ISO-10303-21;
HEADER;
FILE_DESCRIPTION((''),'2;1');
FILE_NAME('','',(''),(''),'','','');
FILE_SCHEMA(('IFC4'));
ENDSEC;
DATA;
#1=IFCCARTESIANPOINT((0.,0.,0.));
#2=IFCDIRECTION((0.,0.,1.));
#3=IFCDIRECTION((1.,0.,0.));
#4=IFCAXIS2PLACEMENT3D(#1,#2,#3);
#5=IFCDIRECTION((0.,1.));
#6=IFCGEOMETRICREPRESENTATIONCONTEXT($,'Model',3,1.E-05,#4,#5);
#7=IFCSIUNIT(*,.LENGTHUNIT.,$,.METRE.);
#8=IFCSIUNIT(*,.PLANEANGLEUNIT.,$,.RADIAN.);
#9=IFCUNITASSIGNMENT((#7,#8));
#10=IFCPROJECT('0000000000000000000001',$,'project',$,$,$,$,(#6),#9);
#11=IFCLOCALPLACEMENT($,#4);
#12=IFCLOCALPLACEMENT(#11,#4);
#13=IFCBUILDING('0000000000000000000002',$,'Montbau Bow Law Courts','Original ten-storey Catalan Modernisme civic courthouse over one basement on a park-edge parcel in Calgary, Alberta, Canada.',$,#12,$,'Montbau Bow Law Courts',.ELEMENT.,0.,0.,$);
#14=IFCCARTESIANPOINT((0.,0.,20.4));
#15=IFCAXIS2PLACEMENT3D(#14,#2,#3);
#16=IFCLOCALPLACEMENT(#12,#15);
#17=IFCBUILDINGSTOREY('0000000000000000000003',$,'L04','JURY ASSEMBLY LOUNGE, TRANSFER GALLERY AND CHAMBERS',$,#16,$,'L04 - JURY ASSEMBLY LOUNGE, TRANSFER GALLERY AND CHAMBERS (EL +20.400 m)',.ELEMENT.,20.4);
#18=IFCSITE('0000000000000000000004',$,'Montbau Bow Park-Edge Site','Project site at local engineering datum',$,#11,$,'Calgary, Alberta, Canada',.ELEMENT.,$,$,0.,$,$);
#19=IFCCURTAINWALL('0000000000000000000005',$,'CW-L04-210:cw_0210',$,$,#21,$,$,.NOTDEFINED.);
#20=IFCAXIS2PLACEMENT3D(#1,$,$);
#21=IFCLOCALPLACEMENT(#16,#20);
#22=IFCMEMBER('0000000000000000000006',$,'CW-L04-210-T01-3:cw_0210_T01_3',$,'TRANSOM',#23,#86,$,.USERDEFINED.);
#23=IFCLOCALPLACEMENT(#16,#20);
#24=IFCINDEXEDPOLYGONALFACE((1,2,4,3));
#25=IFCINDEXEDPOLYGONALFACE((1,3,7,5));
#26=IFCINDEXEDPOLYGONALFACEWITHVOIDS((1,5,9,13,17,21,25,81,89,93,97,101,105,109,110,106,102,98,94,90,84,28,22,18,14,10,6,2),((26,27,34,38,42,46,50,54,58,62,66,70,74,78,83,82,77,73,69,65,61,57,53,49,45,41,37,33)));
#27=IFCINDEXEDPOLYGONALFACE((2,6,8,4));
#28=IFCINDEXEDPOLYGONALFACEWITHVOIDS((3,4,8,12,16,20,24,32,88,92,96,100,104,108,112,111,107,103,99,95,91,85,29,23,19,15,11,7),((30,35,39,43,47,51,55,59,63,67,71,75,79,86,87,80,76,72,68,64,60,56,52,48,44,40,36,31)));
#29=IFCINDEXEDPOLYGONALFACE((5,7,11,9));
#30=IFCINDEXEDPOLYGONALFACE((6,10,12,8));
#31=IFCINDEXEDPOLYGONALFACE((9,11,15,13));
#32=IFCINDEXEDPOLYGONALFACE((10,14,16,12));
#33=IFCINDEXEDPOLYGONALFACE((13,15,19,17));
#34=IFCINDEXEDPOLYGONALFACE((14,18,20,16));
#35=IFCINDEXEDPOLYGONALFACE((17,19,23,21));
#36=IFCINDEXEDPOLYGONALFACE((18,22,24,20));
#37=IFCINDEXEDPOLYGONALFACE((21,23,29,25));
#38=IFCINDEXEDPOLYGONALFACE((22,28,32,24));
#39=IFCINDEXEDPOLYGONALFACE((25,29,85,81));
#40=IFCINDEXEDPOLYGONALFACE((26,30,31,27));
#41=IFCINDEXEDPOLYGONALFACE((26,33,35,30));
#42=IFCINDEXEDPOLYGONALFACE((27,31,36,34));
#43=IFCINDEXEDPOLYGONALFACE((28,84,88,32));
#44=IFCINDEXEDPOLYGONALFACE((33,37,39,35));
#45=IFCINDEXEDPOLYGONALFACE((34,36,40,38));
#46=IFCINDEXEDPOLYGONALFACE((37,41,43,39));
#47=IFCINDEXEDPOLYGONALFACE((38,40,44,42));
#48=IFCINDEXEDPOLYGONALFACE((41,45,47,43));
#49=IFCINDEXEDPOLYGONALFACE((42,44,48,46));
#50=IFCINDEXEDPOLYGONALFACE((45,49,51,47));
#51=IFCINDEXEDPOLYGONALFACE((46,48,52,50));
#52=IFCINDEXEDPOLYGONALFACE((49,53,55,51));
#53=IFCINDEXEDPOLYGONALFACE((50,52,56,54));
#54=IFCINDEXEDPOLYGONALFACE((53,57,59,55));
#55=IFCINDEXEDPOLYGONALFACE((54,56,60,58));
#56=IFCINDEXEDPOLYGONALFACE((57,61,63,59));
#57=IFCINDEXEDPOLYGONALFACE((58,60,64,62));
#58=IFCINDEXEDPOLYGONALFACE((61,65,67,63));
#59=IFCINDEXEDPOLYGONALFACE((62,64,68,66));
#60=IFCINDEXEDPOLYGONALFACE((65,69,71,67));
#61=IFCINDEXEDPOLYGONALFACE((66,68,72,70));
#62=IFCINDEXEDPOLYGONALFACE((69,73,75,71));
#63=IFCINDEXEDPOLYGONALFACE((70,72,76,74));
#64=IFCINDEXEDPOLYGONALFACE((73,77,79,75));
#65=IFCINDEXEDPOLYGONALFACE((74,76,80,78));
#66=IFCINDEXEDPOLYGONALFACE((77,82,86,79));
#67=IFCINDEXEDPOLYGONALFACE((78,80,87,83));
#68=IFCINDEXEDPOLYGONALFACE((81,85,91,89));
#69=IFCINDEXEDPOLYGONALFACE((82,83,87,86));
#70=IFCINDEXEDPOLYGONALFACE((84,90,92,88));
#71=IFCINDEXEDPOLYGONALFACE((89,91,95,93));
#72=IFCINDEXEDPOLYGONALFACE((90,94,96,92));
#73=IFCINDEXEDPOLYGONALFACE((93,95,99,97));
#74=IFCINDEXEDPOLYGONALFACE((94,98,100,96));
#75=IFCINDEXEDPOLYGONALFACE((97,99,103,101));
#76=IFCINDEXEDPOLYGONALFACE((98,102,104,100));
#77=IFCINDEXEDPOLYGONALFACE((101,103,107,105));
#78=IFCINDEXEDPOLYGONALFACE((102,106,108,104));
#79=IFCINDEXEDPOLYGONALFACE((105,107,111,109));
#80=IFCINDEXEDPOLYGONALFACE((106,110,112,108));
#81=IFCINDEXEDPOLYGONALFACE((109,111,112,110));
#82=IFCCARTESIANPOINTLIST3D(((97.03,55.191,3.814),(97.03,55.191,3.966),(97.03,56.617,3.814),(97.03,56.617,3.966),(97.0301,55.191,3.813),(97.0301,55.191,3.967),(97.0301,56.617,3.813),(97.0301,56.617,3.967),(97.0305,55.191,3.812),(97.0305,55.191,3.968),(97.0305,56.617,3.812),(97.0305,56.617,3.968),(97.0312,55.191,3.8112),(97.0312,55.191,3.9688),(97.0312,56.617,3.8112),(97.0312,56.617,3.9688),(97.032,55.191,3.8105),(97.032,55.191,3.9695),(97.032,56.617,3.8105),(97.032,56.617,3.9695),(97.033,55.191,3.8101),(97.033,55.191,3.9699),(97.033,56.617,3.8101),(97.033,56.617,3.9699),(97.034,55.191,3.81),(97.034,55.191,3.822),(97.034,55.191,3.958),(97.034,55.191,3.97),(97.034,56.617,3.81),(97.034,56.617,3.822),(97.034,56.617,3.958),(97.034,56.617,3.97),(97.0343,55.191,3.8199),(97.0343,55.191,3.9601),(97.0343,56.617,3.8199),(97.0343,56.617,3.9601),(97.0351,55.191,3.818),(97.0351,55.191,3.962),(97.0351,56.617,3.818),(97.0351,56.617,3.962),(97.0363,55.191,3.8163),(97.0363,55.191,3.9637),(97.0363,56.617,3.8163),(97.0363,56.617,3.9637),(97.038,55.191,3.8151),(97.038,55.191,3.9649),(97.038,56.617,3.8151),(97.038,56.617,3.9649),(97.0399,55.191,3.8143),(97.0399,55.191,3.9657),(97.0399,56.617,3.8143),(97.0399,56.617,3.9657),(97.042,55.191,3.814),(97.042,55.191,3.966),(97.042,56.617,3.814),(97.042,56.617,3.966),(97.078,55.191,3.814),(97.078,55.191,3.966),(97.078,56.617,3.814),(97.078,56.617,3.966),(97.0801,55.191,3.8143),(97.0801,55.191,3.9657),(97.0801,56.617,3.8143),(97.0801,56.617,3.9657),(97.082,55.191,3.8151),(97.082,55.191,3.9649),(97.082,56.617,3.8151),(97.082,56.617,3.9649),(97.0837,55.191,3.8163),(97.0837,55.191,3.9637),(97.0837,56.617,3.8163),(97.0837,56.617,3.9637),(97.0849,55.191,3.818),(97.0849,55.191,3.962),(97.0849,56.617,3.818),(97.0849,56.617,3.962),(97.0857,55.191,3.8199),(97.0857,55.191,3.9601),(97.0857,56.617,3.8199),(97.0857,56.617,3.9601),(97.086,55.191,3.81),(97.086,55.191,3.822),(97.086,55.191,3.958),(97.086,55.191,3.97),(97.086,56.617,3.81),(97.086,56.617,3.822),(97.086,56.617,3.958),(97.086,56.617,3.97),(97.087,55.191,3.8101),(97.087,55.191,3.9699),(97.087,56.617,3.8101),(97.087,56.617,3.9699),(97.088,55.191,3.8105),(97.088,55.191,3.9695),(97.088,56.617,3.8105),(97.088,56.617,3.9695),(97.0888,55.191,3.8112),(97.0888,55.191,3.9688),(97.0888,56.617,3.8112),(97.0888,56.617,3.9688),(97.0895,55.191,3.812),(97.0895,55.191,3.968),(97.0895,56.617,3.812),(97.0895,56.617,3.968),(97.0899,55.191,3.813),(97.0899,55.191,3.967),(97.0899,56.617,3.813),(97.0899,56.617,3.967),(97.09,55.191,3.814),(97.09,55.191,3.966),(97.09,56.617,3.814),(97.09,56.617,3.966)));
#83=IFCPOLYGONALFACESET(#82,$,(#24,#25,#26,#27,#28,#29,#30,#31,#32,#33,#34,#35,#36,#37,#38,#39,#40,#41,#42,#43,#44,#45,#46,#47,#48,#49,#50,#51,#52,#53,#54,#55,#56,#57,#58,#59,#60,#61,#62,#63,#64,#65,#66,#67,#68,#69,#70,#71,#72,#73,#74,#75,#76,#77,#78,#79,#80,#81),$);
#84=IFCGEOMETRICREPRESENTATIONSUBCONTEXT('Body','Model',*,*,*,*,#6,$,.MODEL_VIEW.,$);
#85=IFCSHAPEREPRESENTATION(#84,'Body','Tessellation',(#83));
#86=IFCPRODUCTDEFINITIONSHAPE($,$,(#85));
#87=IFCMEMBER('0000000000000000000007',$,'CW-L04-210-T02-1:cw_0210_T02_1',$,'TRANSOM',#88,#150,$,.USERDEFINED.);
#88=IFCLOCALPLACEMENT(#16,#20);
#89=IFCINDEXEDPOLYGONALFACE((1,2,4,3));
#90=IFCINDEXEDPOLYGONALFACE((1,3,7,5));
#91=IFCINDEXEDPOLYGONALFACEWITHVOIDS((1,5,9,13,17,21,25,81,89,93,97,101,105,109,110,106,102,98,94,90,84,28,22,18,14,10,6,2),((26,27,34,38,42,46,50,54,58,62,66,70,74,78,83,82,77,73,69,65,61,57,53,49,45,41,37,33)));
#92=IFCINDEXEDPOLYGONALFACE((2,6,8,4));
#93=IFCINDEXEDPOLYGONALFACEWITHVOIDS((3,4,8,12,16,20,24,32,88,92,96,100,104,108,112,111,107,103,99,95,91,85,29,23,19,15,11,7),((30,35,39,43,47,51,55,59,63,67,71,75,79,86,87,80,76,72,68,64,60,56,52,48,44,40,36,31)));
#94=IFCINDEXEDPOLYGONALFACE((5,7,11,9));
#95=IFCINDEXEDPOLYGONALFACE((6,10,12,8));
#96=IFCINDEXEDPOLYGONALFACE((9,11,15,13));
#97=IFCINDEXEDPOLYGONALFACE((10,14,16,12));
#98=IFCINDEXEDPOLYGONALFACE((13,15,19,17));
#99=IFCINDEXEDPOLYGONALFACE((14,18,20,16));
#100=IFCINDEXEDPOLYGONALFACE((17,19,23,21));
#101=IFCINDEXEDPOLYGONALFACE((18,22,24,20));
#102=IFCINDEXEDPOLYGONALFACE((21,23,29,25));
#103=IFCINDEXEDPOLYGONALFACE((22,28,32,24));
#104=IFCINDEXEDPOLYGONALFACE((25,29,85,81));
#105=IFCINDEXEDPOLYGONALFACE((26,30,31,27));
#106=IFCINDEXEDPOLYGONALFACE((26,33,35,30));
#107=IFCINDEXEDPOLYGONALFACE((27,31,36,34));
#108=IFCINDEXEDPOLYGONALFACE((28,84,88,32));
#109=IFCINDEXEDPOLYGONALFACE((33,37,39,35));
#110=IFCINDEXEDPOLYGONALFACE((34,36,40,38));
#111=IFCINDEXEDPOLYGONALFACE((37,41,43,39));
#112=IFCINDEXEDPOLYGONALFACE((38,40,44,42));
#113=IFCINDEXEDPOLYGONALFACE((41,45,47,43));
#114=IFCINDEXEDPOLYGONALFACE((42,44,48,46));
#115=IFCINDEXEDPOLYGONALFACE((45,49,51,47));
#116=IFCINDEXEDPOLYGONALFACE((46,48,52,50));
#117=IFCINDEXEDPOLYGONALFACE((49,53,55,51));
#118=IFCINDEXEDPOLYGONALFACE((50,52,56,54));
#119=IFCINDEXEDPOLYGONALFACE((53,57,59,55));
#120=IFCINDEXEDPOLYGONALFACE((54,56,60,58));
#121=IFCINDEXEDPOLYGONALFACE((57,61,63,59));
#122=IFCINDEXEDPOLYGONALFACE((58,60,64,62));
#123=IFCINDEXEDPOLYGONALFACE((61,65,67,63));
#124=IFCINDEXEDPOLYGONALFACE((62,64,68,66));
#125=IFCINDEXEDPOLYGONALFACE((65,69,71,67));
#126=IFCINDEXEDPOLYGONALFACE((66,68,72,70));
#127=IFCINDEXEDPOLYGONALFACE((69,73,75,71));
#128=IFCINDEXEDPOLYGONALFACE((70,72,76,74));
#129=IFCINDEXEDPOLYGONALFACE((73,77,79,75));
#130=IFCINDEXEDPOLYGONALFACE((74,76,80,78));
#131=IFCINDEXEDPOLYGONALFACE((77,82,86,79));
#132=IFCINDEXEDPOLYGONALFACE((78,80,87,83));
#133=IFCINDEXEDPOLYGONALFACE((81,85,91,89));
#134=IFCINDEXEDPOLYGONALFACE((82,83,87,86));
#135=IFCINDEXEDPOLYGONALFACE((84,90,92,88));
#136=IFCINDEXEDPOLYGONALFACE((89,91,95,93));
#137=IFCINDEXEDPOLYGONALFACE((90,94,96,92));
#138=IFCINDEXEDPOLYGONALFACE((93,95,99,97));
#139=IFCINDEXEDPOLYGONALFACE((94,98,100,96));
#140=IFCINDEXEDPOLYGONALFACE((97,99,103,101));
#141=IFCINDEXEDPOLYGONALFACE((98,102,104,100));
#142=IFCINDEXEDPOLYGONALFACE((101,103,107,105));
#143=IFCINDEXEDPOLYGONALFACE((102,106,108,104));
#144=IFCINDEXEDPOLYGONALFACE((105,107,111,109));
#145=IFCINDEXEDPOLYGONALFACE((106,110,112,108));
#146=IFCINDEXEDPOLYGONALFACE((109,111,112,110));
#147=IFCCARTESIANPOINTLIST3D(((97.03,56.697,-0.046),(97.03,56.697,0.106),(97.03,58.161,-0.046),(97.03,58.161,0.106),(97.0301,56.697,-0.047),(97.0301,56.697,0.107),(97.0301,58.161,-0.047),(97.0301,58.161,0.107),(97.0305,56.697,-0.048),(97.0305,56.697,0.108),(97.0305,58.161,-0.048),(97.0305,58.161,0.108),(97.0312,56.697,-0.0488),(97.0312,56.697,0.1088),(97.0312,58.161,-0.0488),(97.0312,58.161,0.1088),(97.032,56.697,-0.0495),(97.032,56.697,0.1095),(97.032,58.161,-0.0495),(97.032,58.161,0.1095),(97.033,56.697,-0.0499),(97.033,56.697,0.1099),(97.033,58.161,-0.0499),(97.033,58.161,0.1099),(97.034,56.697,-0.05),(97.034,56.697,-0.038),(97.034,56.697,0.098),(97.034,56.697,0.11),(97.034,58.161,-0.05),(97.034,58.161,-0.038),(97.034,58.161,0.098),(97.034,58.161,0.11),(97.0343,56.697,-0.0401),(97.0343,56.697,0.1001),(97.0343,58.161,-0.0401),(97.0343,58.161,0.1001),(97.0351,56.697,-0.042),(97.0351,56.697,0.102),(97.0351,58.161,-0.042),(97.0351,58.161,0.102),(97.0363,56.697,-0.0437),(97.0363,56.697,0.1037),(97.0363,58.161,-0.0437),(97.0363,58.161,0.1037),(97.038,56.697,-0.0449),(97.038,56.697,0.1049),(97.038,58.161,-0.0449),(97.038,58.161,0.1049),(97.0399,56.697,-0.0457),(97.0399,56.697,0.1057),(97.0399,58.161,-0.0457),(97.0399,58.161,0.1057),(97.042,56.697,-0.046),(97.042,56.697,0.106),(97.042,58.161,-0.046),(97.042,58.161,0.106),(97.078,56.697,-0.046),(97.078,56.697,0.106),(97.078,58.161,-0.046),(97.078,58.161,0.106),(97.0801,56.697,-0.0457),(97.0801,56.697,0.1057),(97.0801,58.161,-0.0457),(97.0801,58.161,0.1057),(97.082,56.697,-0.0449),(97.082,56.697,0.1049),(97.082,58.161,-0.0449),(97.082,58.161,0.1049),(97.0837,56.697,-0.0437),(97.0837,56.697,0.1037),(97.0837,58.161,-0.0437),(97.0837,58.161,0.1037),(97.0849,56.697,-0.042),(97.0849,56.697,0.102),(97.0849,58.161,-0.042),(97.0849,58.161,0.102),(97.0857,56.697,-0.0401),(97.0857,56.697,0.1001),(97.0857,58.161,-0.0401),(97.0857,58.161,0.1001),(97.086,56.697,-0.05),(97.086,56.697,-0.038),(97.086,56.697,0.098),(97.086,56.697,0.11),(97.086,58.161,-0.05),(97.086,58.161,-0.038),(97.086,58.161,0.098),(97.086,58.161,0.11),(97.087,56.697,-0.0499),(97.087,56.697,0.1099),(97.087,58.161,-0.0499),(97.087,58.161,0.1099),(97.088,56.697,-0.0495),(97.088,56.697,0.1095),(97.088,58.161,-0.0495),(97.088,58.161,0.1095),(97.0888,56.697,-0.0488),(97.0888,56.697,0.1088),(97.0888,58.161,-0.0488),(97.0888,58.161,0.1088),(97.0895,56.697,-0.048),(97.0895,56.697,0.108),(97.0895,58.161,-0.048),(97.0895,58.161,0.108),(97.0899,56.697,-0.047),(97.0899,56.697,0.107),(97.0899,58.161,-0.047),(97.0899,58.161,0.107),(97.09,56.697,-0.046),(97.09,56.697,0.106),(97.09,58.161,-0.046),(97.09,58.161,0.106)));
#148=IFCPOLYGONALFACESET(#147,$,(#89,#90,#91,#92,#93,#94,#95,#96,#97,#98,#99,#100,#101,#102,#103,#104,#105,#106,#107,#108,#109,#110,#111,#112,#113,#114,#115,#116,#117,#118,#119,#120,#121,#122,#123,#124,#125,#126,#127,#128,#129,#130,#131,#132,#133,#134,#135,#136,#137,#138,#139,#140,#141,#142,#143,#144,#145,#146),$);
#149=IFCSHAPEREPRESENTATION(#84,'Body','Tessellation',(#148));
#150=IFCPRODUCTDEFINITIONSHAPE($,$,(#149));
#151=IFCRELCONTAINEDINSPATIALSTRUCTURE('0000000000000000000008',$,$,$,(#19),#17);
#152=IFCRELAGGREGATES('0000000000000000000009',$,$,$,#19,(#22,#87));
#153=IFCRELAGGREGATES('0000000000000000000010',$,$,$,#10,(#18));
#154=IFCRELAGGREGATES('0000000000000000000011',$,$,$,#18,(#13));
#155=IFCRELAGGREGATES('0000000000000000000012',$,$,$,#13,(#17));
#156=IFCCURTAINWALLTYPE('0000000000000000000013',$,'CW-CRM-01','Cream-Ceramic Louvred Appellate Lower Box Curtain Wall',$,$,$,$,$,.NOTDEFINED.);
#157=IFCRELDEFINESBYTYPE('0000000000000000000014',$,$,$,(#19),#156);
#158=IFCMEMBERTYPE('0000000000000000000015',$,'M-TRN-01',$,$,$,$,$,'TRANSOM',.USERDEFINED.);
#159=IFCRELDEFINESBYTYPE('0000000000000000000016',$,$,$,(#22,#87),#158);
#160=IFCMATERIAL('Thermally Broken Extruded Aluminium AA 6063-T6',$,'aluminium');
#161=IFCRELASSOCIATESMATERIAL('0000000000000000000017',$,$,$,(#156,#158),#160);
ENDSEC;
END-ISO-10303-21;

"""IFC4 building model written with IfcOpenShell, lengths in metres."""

from ifc_helpers import new_model, si_unit, direction, frame, origin_with_axes, origin_2d_with_axis, place, context, subcontext, project, spatial, hollow_rectangle, extrude, material, material_profile, profile_set, type_object, element, aggregate, save


model = new_model("IFC4")

# Units and contexts
model_context = context("Model", 3, precision=1e-05, world=origin_with_axes(), true_north=direction((0.0, 1.0)))
body_context = subcontext(model_context, "Body", "Model", "MODEL_VIEW")
ifc_project = project(units=[si_unit("LENGTHUNIT", "METRE"), si_unit("PLANEANGLEUNIT", "RADIAN")], contexts=[model_context])

# Site, building, storey
site_placement = place(None, origin_with_axes())
site = spatial("IfcSite", under=ifc_project, at=site_placement, Name="Montbau Bow Park-Edge Site", Description="Project site at local engineering datum", LongName="Calgary, Alberta, Canada", CompositionType="ELEMENT", RefElevation=0.0)
building_placement = place(site_placement, origin_with_axes())
building = spatial("IfcBuilding", under=site, at=building_placement, Name="Montbau Bow Law Courts", Description="Original ten-storey Catalan Modernisme civic courthouse over one basement on a park-edge parcel in Calgary, Alberta, Canada.", LongName="Montbau Bow Law Courts", CompositionType="ELEMENT", ElevationOfRefHeight=0.0, ElevationOfTerrain=0.0)
storey_placement = place(building_placement, frame((0.0, 0.0, 20.4), z_axis=(0.0, 0.0, 1.0), x_axis=(1.0, 0.0, 0.0)))
storey = spatial("IfcBuildingStorey", under=building, at=storey_placement, Name="L04", Description="JURY ASSEMBLY LOUNGE, TRANSFER GALLERY AND CHAMBERS", LongName="L04 - JURY ASSEMBLY LOUNGE, TRANSFER GALLERY AND CHAMBERS (EL +20.400 m)", CompositionType="ELEMENT", Elevation=20.4)

# Curtain wall
ifc_material_1 = material(Name="Thermally Broken Extruded Aluminium AA 6063-T6", Category="aluminium")
curtain_wall_type = type_object("IfcCurtainWallType", Name="CW-CRM-01", Description="Cream-Ceramic Louvred Appellate Lower Box Curtain Wall", PredefinedType="NOTDEFINED", material=ifc_material_1)
curtain_wall_1_placement = place(None, frame((97.06, 55.115, 20.4), z_axis=(0.0, 0.0, 1.0), x_axis=(1.0, 0.0, 0.0)))
curtain_wall_1 = element("IfcCurtainWall", 1, at=curtain_wall_1_placement, inside=storey, type_object=curtain_wall_type, Name="CW-L04-210:cw_0210", PredefinedType="NOTDEFINED")

# Members
ifc_material_profile_1 = material_profile(ifc_material_1, hollow_rectangle(XDim=0.06, YDim=0.16, WallThickness=0.004, InnerFilletRadius=0.008, OuterFilletRadius=0.004, at=origin_2d_with_axis()), Name="CWT-160X60", Category="Main", Priority=0)
ifc_profile_set_1 = profile_set([ifc_material_profile_1], Name="Thermally Broken Extruded Aluminium AA 6063-T6")
member_type_1 = type_object("IfcMemberType", Name="M-TRN-01", ElementType="TRANSOM", PredefinedType="USERDEFINED", material=ifc_profile_set_1)
member_1_placement = place(None, frame((97.06, 55.191, 24.29), z_axis=(0.0, 1.0, 0.0), x_axis=(-1.0, 0.0, 0.0)))
member_1 = element("IfcMember", 2, at=member_1_placement, type_object=member_type_1, Name="CW-L04-210-T01-3:cw_0210_T01_3", ObjectType="TRANSOM", PredefinedType="USERDEFINED", context=body_context, shape_type="SweptSolid", body=[
    extrude(hollow_rectangle(XDim=0.06, YDim=0.16, WallThickness=0.004, InnerFilletRadius=0.008, OuterFilletRadius=0.004, at=origin_2d_with_axis()), origin_with_axes(), (0.0, 0.0, 1.0), 1.426),
])
member_2_placement = place(None, frame((97.06, 56.697, 20.43), z_axis=(0.0, 1.0, 0.0), x_axis=(-1.0, 0.0, 0.0)))
member_2 = element("IfcMember", 3, at=member_2_placement, type_object=member_type_1, Name="CW-L04-210-T02-1:cw_0210_T02_1", ObjectType="TRANSOM", PredefinedType="USERDEFINED", context=body_context, shape_type="SweptSolid", body=[
    extrude(hollow_rectangle(XDim=0.06, YDim=0.16, WallThickness=0.004, InnerFilletRadius=0.008, OuterFilletRadius=0.004, at=origin_2d_with_axis()), origin_with_axes(), (0.0, 0.0, 1.0), 1.464),
])

aggregate(curtain_wall_1, [member_1, member_2])

save(model, "model.ifc")
